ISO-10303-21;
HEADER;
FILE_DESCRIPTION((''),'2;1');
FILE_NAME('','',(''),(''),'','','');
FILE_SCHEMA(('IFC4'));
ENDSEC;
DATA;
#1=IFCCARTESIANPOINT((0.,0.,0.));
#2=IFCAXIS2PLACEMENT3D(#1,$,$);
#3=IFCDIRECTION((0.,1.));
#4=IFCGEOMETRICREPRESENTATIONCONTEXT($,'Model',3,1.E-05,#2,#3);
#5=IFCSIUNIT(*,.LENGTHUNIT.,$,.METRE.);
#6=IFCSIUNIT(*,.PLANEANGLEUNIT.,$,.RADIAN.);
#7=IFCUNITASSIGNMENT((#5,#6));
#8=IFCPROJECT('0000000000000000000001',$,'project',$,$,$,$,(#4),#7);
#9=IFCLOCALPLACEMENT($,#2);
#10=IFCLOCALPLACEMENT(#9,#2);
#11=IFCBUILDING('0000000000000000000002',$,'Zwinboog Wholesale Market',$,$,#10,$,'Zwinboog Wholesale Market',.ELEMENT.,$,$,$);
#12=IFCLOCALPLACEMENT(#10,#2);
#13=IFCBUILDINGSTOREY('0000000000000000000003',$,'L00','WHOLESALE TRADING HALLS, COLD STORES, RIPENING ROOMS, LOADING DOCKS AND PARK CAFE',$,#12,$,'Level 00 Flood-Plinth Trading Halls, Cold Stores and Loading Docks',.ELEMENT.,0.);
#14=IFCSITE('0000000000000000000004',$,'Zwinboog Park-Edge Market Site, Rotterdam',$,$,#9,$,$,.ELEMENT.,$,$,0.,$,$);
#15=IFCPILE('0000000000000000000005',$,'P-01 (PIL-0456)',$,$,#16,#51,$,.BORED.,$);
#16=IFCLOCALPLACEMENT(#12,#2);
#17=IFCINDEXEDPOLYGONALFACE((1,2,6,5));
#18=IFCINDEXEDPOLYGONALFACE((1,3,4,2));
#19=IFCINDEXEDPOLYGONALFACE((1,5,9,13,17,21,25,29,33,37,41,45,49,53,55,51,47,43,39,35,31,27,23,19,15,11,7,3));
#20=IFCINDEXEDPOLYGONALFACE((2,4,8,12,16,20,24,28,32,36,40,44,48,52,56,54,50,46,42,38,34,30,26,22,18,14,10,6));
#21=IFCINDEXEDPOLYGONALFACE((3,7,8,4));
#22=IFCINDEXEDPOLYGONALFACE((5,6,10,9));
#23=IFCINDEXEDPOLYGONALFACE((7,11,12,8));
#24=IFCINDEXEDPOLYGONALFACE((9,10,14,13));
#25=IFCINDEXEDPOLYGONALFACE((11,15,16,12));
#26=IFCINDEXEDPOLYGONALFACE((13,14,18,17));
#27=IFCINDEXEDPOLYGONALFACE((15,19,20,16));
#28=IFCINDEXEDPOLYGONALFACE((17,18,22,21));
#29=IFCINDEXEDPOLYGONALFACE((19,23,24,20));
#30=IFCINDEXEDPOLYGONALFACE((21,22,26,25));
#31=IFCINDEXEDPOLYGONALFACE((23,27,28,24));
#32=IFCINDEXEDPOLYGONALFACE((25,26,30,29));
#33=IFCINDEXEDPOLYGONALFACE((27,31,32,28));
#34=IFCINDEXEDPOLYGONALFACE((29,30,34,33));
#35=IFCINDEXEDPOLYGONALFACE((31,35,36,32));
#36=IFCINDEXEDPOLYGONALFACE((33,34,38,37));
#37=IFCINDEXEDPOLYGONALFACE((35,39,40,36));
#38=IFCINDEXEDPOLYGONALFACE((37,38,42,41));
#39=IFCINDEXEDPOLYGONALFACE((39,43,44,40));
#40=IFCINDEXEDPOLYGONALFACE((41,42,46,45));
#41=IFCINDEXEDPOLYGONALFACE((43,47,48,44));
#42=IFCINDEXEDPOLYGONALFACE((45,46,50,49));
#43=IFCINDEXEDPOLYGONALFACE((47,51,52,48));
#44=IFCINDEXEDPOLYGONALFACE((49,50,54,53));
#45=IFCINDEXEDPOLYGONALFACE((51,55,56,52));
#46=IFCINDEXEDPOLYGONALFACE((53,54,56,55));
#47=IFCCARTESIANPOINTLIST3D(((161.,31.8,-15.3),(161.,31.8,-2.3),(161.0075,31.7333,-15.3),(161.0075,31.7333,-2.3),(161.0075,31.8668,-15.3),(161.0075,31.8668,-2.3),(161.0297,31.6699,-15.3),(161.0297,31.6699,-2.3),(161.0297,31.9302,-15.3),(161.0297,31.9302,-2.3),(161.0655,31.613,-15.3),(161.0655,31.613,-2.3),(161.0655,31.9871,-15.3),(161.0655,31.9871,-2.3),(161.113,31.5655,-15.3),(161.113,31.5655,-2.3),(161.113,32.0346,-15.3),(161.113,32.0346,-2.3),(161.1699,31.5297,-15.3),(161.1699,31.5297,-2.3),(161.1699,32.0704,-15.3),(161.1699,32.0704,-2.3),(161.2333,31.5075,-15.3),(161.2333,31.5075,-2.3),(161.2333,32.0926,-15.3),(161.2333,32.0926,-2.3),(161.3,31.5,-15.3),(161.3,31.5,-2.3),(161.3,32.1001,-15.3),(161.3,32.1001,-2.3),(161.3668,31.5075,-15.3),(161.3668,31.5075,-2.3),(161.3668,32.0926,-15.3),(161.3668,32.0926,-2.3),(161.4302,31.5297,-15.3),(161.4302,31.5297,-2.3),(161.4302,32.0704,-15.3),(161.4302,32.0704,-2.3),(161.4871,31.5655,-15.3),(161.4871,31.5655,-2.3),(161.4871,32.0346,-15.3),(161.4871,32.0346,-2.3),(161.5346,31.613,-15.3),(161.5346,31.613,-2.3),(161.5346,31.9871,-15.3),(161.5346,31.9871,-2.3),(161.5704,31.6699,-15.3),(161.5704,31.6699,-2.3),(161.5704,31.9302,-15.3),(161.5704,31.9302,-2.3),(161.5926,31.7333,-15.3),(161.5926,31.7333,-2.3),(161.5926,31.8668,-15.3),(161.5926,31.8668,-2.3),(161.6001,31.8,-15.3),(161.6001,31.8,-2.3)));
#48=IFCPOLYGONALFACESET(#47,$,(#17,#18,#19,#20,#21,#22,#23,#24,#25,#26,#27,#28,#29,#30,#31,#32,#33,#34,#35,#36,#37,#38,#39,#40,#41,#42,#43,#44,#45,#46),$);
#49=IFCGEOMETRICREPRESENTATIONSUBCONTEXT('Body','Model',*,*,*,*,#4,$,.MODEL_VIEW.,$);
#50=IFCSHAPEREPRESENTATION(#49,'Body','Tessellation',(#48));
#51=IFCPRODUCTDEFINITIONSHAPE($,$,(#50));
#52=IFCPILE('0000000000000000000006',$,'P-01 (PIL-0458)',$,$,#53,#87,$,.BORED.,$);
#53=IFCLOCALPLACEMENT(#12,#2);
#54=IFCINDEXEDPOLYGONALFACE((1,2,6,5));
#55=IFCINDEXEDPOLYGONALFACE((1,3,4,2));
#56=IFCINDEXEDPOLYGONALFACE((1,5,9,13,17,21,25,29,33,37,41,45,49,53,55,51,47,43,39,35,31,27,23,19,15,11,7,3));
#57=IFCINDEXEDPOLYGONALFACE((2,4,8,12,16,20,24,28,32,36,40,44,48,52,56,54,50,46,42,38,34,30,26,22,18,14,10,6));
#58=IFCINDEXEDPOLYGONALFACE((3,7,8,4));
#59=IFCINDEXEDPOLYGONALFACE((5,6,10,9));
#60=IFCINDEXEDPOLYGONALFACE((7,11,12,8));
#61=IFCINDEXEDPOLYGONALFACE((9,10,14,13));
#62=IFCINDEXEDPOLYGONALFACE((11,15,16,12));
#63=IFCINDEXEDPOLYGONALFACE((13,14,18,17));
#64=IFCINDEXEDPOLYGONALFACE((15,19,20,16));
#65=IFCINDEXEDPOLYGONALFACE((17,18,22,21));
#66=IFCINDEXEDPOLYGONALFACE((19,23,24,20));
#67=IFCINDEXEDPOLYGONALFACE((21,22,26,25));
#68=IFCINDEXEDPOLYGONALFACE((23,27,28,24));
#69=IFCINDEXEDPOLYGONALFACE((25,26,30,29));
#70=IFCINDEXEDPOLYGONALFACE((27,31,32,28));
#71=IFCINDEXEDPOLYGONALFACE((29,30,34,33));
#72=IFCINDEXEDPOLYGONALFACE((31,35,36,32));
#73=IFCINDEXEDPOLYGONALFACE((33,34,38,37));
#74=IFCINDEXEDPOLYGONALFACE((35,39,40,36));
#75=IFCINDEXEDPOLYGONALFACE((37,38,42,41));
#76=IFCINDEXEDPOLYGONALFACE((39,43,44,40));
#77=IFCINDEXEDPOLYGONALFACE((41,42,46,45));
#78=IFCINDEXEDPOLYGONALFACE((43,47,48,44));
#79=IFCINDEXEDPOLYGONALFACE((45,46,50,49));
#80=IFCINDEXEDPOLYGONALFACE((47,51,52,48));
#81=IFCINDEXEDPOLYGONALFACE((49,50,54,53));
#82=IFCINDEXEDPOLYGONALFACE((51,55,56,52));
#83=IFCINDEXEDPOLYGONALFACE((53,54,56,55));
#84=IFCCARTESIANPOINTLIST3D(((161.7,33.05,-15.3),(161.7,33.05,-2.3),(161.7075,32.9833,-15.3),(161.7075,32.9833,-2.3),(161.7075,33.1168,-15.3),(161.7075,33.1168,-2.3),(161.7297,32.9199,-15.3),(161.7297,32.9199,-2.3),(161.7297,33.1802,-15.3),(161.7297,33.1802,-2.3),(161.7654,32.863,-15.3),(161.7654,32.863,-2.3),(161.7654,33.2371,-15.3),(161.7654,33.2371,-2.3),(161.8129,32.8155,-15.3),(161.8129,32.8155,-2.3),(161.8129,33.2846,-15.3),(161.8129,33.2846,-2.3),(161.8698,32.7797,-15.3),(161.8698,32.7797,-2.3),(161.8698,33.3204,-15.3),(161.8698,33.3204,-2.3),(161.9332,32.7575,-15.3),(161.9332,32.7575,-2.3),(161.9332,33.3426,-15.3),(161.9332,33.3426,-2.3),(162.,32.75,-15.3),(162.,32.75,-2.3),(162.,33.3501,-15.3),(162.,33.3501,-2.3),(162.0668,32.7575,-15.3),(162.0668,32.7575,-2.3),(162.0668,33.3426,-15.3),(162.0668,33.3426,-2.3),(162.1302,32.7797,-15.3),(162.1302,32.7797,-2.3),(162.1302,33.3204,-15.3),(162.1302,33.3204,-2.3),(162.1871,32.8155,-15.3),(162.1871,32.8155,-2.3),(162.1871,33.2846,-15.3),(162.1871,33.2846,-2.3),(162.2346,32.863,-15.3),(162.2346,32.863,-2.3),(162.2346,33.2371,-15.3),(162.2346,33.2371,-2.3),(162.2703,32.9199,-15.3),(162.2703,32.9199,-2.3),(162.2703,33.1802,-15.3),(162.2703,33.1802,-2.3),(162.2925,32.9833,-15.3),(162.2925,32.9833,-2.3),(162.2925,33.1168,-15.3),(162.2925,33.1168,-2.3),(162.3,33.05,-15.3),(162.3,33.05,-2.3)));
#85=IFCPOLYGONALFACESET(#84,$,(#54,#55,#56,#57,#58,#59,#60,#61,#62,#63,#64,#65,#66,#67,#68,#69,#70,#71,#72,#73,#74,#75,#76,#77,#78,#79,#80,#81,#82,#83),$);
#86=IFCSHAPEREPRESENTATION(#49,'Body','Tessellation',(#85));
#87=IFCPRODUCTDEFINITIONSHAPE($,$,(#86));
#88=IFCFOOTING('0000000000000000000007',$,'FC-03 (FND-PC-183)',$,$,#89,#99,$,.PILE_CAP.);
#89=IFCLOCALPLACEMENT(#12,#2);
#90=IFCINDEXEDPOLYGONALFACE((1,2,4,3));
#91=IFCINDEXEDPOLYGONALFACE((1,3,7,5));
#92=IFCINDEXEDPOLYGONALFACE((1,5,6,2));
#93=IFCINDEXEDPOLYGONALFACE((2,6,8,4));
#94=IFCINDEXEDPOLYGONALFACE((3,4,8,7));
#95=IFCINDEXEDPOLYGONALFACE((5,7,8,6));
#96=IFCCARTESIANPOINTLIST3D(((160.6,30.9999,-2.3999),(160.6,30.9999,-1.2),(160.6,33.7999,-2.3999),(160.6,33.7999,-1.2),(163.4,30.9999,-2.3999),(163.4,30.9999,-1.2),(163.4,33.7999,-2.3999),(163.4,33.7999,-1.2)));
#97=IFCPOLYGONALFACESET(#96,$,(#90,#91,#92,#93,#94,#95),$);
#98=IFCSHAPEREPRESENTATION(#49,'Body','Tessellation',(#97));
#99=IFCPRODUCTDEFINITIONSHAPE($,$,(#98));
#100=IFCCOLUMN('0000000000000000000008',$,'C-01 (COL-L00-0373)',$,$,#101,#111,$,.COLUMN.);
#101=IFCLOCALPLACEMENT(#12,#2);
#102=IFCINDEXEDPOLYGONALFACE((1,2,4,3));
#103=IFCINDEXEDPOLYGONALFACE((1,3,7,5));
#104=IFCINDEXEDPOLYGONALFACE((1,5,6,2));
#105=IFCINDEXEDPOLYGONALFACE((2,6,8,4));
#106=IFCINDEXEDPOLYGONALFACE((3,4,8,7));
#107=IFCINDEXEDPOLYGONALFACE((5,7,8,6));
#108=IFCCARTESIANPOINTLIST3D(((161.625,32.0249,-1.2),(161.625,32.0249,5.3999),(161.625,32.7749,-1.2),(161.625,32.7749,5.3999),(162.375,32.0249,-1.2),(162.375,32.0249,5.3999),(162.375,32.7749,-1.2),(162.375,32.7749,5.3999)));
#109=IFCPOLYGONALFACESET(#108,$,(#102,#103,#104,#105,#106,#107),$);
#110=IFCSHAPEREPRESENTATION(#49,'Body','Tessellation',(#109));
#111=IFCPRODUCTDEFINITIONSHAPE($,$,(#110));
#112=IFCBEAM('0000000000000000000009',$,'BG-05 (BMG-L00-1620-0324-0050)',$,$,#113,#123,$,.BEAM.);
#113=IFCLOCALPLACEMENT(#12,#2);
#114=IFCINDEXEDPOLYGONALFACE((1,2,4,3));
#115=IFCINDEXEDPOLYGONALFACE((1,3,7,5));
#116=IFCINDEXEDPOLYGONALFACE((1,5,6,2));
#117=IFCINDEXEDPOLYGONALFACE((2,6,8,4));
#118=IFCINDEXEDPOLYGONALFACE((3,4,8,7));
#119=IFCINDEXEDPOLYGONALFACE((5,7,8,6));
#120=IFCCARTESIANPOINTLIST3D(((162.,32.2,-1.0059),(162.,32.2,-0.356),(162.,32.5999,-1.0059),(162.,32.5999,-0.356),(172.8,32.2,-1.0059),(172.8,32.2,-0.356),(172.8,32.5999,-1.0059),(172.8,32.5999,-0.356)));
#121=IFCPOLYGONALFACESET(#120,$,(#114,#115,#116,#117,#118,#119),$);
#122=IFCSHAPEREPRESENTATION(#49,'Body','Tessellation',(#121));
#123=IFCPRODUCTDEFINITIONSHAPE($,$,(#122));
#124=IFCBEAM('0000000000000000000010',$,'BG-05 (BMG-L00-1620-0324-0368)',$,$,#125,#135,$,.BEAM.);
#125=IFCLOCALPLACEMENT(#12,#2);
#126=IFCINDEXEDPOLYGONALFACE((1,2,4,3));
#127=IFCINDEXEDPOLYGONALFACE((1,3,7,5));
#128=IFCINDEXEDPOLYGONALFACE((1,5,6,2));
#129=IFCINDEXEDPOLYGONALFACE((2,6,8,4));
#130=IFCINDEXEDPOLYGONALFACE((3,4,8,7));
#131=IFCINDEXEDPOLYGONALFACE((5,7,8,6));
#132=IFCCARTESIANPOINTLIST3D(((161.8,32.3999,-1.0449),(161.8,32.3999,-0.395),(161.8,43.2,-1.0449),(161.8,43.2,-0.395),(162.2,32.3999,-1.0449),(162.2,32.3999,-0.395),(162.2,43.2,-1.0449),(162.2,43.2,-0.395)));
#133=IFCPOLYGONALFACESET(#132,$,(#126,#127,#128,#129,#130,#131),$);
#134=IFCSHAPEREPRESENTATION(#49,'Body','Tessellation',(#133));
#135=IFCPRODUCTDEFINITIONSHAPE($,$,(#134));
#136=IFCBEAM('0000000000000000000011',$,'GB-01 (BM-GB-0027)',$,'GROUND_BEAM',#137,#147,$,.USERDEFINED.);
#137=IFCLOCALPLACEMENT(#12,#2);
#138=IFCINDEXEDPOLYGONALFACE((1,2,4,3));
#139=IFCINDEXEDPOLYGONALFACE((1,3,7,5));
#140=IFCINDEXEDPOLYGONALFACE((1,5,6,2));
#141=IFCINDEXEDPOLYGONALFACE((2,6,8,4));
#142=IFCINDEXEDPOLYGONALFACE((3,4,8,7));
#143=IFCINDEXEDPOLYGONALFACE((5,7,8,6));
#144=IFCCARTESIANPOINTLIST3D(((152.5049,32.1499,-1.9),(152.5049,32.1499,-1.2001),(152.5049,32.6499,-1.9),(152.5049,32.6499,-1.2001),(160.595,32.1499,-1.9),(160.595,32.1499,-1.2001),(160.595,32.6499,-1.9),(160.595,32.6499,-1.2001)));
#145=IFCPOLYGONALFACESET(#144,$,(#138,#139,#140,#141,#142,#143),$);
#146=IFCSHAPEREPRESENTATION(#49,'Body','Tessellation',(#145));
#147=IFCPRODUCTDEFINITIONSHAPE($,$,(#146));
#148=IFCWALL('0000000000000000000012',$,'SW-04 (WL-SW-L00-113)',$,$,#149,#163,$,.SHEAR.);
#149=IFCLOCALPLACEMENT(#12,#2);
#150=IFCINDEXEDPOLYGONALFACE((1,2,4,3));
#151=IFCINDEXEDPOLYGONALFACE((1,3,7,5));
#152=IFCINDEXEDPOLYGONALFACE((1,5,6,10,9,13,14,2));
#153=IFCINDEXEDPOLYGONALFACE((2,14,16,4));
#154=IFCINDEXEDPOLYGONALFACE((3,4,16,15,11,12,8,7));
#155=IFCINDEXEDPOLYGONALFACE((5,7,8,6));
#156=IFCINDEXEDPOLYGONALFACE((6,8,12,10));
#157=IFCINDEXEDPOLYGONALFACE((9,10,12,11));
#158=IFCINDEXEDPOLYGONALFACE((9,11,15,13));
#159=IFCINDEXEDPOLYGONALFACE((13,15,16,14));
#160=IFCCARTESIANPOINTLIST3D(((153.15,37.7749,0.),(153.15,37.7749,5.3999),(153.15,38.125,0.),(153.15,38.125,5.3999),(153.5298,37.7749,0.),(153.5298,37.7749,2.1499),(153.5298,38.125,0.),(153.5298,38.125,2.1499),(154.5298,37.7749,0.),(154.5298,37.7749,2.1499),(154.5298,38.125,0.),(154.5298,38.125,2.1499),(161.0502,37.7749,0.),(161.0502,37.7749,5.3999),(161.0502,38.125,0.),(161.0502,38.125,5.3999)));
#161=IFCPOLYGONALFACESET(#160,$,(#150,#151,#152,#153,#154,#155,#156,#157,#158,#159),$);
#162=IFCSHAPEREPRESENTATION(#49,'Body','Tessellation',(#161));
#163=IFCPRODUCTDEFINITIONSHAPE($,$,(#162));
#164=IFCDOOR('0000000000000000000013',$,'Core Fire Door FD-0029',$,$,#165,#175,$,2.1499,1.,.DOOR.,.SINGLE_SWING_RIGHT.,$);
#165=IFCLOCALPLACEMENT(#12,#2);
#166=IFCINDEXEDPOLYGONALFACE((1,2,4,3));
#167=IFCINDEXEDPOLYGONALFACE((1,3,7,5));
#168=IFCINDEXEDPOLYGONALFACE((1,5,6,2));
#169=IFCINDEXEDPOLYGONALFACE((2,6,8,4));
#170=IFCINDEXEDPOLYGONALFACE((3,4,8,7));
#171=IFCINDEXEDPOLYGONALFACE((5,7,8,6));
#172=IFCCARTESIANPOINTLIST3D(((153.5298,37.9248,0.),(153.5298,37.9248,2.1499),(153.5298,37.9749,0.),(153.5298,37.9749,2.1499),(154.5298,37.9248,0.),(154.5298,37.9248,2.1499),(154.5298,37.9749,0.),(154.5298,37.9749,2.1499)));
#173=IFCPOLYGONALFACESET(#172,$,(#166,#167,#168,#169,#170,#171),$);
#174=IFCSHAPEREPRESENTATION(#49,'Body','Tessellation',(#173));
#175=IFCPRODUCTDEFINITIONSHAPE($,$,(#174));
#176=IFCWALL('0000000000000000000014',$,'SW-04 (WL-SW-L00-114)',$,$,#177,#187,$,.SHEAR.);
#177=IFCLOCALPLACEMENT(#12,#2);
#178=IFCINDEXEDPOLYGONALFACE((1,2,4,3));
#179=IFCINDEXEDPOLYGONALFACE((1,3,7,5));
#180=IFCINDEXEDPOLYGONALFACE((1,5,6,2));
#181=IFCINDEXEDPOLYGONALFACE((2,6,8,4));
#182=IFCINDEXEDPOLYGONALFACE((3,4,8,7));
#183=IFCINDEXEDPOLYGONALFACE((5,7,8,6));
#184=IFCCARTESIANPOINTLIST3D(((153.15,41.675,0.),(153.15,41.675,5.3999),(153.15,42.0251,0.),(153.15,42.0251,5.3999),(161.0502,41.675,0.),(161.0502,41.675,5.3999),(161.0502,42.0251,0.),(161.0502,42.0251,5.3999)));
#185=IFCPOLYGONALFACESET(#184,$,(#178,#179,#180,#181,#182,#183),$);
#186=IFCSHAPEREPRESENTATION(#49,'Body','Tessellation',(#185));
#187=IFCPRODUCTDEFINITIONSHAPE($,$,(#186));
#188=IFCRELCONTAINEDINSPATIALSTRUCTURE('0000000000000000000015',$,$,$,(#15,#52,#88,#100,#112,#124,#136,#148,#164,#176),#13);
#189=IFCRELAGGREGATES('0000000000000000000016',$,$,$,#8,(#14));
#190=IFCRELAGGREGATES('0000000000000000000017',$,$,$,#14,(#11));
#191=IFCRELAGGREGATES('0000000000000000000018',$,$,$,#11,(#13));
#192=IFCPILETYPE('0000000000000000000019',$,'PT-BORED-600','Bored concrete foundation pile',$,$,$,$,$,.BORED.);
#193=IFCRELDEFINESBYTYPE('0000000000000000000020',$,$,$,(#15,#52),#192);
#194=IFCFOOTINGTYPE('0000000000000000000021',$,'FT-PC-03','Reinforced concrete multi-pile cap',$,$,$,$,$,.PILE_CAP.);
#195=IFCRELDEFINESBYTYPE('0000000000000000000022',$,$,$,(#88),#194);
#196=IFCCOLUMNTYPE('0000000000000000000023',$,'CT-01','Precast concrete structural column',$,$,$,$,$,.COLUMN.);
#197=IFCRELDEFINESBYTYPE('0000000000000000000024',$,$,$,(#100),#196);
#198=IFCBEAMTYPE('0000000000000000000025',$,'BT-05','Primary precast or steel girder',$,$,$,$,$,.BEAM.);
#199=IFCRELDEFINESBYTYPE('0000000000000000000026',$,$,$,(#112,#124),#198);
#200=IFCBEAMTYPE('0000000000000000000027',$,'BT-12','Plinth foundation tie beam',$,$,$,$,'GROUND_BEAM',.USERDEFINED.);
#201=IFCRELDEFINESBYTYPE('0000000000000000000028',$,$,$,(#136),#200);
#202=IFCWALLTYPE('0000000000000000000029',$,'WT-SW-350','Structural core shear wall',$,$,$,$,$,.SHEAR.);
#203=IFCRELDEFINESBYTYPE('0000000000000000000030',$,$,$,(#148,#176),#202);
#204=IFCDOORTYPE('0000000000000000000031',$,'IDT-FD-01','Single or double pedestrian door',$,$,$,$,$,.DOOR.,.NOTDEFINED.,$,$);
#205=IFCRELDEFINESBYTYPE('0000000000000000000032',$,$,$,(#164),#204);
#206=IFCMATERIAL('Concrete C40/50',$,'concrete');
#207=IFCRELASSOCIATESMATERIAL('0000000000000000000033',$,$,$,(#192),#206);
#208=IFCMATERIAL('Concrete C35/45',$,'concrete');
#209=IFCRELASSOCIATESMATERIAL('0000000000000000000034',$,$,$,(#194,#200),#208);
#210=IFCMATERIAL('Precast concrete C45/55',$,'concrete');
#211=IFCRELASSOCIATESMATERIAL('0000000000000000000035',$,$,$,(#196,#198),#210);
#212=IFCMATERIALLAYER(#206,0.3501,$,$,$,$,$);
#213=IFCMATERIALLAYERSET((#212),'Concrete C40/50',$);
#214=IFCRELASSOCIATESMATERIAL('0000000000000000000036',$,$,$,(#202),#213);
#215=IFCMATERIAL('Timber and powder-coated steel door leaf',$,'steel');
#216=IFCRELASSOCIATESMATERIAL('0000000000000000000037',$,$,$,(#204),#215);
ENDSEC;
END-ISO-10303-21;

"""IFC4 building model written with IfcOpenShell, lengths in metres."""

from ifc_helpers import new_model, si_unit, direction, frame, frame_2d, origin, origin_2d, place, context, subcontext, project, spatial, rectangle, circle, extrude, material, layer, layer_set, material_profile, profile_set, type_object, element, fill, save


model = new_model("IFC4")

# Units and contexts
model_context = context("Model", 3, precision=1e-05, world=origin(), true_north=direction((0.0, 1.0)))
body_context = subcontext(model_context, "Body", "Model", "MODEL_VIEW")
ifc_project = project(units=[si_unit("LENGTHUNIT", "METRE"), si_unit("PLANEANGLEUNIT", "RADIAN")], contexts=[model_context])

# Site, building, storey
site_placement = place(None, origin())
site = spatial("IfcSite", under=ifc_project, at=site_placement, Name="Zwinboog Park-Edge Market Site, Rotterdam", CompositionType="ELEMENT", RefElevation=0.0)
building_placement = place(site_placement, origin())
building = spatial("IfcBuilding", under=site, at=building_placement, Name="Zwinboog Wholesale Market", LongName="Zwinboog Wholesale Market", CompositionType="ELEMENT")
storey_placement = place(building_placement, origin())
storey = spatial("IfcBuildingStorey", under=building, at=storey_placement, Name="L00", Description="WHOLESALE TRADING HALLS, COLD STORES, RIPENING ROOMS, LOADING DOCKS AND PARK CAFE", LongName="Level 00 Flood-Plinth Trading Halls, Cold Stores and Loading Docks", CompositionType="ELEMENT", Elevation=0.0)

# Piles
ifc_material_1 = material(Name="Concrete C40/50", Category="concrete")
ifc_material_profile_1 = material_profile(ifc_material_1, circle(Radius=0.3, at=origin_2d()), Name="PILE D600")
ifc_profile_set_1 = profile_set([ifc_material_profile_1], Name="Concrete C40/50")
pile_type = type_object("IfcPileType", Name="PT-BORED-600", Description="Bored concrete foundation pile", PredefinedType="BORED", material=ifc_profile_set_1)
for number, where, z_axis, x_axis, name in (
    (1, (161.3, 31.8, -2.3), (0.0, 0.0, -1.0), (1.0, 0.0, 0.0), "P-01 (PIL-0456)"),
    (2, (162.0, 33.05, -2.3), (0.0, 0.0, -1.0), (1.0, 0.0, 0.0), "P-01 (PIL-0458)"),
):
    element("IfcPile", number, at=place(storey_placement, frame(where, z_axis=z_axis, x_axis=x_axis)), inside=storey, type_object=pile_type, Name=name, PredefinedType="BORED", context=body_context, shape_type="SweptSolid", body=[
        extrude(circle(Radius=0.3, at=origin_2d()), origin(), (0.0, 0.0, 1.0), 13.0),
    ])

# Footing
ifc_material_2 = material(Name="Concrete C35/45", Category="concrete")
footing_type = type_object("IfcFootingType", Name="FT-PC-03", Description="Reinforced concrete multi-pile cap", PredefinedType="PILE_CAP", material=ifc_material_2)
footing_placement = place(storey_placement, frame((162.0, 32.3999, -2.3999), z_axis=(0.0, 0.0, 1.0), x_axis=(1.0, 0.0, 0.0)))
element("IfcFooting", 3, at=footing_placement, inside=storey, type_object=footing_type, Name="FC-03 (FND-PC-183)", PredefinedType="PILE_CAP", context=body_context, shape_type="SweptSolid", body=[
    extrude(rectangle(XDim=2.8, YDim=2.8, at=origin_2d()), origin(), (0.0, 0.0, 1.0), 1.2),
])

# Column
ifc_material_3 = material(Name="Precast concrete C45/55", Category="concrete")
ifc_material_profile_2 = material_profile(ifc_material_3, rectangle(XDim=0.75, YDim=0.75, at=origin_2d()), Name="PC 750x750")
ifc_profile_set_2 = profile_set([ifc_material_profile_2], Name="Precast concrete C45/55")
column_type = type_object("IfcColumnType", Name="CT-01", Description="Precast concrete structural column", PredefinedType="COLUMN", material=ifc_profile_set_2)
column_placement = place(storey_placement, frame((162.0, 32.3999, -1.2), z_axis=(0.0, 0.0, 1.0), x_axis=(1.0, 0.0, 0.0)))
element("IfcColumn", 4, at=column_placement, inside=storey, type_object=column_type, Name="C-01 (COL-L00-0373)", PredefinedType="COLUMN", context=body_context, shape_type="SweptSolid", body=[
    extrude(rectangle(XDim=0.75, YDim=0.75, at=origin_2d()), origin(), (0.0, 0.0, 1.0), 6.5999),
])

# Beams
ifc_material_profile_3 = material_profile(ifc_material_3, rectangle(XDim=0.3999, YDim=0.6499, at=origin_2d()), Name="PC 400x650")
ifc_profile_set_3 = profile_set([ifc_material_profile_3], Name="Precast concrete C45/55")
beam_type_1 = type_object("IfcBeamType", Name="BT-05", Description="Primary precast or steel girder", PredefinedType="BEAM", material=ifc_profile_set_3)
for number, where, z_axis, x_axis, name in (
    (5, (162.0, 32.3999, -0.6809), (1.0, 0.0, 0.0), (0.0, 1.0, 0.0), "BG-05 (BMG-L00-1620-0324-0050)"),
    (6, (162.0, 32.3999, -0.72), (0.0, 1.0, 0.0), (-1.0, 0.0, 0.0), "BG-05 (BMG-L00-1620-0324-0368)"),
):
    element("IfcBeam", number, at=place(storey_placement, frame(where, z_axis=z_axis, x_axis=x_axis)), inside=storey, type_object=beam_type_1, Name=name, PredefinedType="BEAM", context=body_context, shape_type="SweptSolid", body=[
        extrude(rectangle(XDim=0.3999, YDim=0.6499, at=origin_2d()), origin(), (0.0, 0.0, 1.0), 10.8),
    ])
ifc_material_profile_4 = material_profile(ifc_material_2, rectangle(XDim=0.5, YDim=0.7, at=origin_2d()), Name="RC 500x700")
ifc_profile_set_4 = profile_set([ifc_material_profile_4], Name="Concrete C35/45")
beam_type_2 = type_object("IfcBeamType", Name="BT-12", Description="Plinth foundation tie beam", ElementType="GROUND_BEAM", PredefinedType="USERDEFINED", material=ifc_profile_set_4)
beam_placement = place(storey_placement, frame((152.5049, 32.3999, -1.55), z_axis=(1.0, 0.0, 0.0), x_axis=(0.0, 1.0, 0.0)))
element("IfcBeam", 7, at=beam_placement, inside=storey, type_object=beam_type_2, Name="GB-01 (BM-GB-0027)", ObjectType="GROUND_BEAM", PredefinedType="USERDEFINED", context=body_context, shape_type="SweptSolid", body=[
    extrude(rectangle(XDim=0.5, YDim=0.7, at=origin_2d()), origin(), (0.0, 0.0, 1.0), 8.0901),
])

# Wall, opening, door
ifc_layer_1 = layer(ifc_material_1, 0.3501)
ifc_layer_set_1 = layer_set([ifc_layer_1], Name="Concrete C40/50")
wall_type_1 = type_object("IfcWallType", Name="WT-SW-350", Description="Structural core shear wall", PredefinedType="SHEAR", material=ifc_layer_set_1)
wall_1_placement = place(storey_placement, frame((153.1499, 37.95, 0.0), z_axis=(0.0, 0.0, 1.0), x_axis=(1.0, 0.0, 0.0)))
wall_1 = element("IfcWall", 8, at=wall_1_placement, inside=storey, type_object=wall_type_1, Name="SW-04 (WL-SW-L00-113)", PredefinedType="SHEAR", context=body_context, shape_type="SweptSolid", body=[
    extrude(rectangle(XDim=7.9001, YDim=0.3501, at=frame_2d((3.9502, 0.0))), origin(), (0.0, 0.0, 1.0), 5.3999),
])
opening_1_placement = place(wall_1_placement, frame((0.3799, 0.0, 0.0)))
opening_1 = element("IfcOpeningElement", 9, at=opening_1_placement, cuts=wall_1, PredefinedType="OPENING", context=body_context, shape_type="SweptSolid", body=[
    extrude(rectangle(XDim=1.0, YDim=2.1499, at=frame_2d((0.5, 1.075))), frame((0.0, 0.1851, 0.0), z_axis=(0.0, -1.0, 0.0), x_axis=(1.0, 0.0, 0.0)), (0.0, 0.0, 1.0), 0.3701),
])
ifc_material_4 = material(Name="Timber and powder-coated steel door leaf", Category="steel")
door_type_1 = type_object("IfcDoorType", Name="IDT-FD-01", Description="Single or double pedestrian door", OperationType="NOTDEFINED", PredefinedType="DOOR", material=ifc_material_4)
door_1_placement = place(opening_1_placement, origin())
door_1 = element("IfcDoor", 10, at=door_1_placement, inside=storey, type_object=door_type_1, Name="Core Fire Door FD-0029", OperationType="SINGLE_SWING_RIGHT", OverallHeight=2.1499, OverallWidth=1.0, PredefinedType="DOOR", context=body_context, shape_type="SweptSolid", body=[
    extrude(rectangle(XDim=1.0, YDim=2.1499, at=frame_2d((0.5, 1.075))), frame((0.0, 0.0249, 0.0), z_axis=(0.0, -1.0, 0.0), x_axis=(1.0, 0.0, 0.0)), (0.0, 0.0, 1.0), 0.05),
])
fill(opening_1, door_1)

# Wall
wall_2_placement = place(storey_placement, frame((153.1499, 41.8501, 0.0), z_axis=(0.0, 0.0, 1.0), x_axis=(1.0, 0.0, 0.0)))
element("IfcWall", 11, at=wall_2_placement, inside=storey, type_object=wall_type_1, Name="SW-04 (WL-SW-L00-114)", PredefinedType="SHEAR", context=body_context, shape_type="SweptSolid", body=[
    extrude(rectangle(XDim=7.9001, YDim=0.3501, at=frame_2d((3.9502, 0.0))), origin(), (0.0, 0.0, 1.0), 5.3999),
])

save(model, "model.ifc")
